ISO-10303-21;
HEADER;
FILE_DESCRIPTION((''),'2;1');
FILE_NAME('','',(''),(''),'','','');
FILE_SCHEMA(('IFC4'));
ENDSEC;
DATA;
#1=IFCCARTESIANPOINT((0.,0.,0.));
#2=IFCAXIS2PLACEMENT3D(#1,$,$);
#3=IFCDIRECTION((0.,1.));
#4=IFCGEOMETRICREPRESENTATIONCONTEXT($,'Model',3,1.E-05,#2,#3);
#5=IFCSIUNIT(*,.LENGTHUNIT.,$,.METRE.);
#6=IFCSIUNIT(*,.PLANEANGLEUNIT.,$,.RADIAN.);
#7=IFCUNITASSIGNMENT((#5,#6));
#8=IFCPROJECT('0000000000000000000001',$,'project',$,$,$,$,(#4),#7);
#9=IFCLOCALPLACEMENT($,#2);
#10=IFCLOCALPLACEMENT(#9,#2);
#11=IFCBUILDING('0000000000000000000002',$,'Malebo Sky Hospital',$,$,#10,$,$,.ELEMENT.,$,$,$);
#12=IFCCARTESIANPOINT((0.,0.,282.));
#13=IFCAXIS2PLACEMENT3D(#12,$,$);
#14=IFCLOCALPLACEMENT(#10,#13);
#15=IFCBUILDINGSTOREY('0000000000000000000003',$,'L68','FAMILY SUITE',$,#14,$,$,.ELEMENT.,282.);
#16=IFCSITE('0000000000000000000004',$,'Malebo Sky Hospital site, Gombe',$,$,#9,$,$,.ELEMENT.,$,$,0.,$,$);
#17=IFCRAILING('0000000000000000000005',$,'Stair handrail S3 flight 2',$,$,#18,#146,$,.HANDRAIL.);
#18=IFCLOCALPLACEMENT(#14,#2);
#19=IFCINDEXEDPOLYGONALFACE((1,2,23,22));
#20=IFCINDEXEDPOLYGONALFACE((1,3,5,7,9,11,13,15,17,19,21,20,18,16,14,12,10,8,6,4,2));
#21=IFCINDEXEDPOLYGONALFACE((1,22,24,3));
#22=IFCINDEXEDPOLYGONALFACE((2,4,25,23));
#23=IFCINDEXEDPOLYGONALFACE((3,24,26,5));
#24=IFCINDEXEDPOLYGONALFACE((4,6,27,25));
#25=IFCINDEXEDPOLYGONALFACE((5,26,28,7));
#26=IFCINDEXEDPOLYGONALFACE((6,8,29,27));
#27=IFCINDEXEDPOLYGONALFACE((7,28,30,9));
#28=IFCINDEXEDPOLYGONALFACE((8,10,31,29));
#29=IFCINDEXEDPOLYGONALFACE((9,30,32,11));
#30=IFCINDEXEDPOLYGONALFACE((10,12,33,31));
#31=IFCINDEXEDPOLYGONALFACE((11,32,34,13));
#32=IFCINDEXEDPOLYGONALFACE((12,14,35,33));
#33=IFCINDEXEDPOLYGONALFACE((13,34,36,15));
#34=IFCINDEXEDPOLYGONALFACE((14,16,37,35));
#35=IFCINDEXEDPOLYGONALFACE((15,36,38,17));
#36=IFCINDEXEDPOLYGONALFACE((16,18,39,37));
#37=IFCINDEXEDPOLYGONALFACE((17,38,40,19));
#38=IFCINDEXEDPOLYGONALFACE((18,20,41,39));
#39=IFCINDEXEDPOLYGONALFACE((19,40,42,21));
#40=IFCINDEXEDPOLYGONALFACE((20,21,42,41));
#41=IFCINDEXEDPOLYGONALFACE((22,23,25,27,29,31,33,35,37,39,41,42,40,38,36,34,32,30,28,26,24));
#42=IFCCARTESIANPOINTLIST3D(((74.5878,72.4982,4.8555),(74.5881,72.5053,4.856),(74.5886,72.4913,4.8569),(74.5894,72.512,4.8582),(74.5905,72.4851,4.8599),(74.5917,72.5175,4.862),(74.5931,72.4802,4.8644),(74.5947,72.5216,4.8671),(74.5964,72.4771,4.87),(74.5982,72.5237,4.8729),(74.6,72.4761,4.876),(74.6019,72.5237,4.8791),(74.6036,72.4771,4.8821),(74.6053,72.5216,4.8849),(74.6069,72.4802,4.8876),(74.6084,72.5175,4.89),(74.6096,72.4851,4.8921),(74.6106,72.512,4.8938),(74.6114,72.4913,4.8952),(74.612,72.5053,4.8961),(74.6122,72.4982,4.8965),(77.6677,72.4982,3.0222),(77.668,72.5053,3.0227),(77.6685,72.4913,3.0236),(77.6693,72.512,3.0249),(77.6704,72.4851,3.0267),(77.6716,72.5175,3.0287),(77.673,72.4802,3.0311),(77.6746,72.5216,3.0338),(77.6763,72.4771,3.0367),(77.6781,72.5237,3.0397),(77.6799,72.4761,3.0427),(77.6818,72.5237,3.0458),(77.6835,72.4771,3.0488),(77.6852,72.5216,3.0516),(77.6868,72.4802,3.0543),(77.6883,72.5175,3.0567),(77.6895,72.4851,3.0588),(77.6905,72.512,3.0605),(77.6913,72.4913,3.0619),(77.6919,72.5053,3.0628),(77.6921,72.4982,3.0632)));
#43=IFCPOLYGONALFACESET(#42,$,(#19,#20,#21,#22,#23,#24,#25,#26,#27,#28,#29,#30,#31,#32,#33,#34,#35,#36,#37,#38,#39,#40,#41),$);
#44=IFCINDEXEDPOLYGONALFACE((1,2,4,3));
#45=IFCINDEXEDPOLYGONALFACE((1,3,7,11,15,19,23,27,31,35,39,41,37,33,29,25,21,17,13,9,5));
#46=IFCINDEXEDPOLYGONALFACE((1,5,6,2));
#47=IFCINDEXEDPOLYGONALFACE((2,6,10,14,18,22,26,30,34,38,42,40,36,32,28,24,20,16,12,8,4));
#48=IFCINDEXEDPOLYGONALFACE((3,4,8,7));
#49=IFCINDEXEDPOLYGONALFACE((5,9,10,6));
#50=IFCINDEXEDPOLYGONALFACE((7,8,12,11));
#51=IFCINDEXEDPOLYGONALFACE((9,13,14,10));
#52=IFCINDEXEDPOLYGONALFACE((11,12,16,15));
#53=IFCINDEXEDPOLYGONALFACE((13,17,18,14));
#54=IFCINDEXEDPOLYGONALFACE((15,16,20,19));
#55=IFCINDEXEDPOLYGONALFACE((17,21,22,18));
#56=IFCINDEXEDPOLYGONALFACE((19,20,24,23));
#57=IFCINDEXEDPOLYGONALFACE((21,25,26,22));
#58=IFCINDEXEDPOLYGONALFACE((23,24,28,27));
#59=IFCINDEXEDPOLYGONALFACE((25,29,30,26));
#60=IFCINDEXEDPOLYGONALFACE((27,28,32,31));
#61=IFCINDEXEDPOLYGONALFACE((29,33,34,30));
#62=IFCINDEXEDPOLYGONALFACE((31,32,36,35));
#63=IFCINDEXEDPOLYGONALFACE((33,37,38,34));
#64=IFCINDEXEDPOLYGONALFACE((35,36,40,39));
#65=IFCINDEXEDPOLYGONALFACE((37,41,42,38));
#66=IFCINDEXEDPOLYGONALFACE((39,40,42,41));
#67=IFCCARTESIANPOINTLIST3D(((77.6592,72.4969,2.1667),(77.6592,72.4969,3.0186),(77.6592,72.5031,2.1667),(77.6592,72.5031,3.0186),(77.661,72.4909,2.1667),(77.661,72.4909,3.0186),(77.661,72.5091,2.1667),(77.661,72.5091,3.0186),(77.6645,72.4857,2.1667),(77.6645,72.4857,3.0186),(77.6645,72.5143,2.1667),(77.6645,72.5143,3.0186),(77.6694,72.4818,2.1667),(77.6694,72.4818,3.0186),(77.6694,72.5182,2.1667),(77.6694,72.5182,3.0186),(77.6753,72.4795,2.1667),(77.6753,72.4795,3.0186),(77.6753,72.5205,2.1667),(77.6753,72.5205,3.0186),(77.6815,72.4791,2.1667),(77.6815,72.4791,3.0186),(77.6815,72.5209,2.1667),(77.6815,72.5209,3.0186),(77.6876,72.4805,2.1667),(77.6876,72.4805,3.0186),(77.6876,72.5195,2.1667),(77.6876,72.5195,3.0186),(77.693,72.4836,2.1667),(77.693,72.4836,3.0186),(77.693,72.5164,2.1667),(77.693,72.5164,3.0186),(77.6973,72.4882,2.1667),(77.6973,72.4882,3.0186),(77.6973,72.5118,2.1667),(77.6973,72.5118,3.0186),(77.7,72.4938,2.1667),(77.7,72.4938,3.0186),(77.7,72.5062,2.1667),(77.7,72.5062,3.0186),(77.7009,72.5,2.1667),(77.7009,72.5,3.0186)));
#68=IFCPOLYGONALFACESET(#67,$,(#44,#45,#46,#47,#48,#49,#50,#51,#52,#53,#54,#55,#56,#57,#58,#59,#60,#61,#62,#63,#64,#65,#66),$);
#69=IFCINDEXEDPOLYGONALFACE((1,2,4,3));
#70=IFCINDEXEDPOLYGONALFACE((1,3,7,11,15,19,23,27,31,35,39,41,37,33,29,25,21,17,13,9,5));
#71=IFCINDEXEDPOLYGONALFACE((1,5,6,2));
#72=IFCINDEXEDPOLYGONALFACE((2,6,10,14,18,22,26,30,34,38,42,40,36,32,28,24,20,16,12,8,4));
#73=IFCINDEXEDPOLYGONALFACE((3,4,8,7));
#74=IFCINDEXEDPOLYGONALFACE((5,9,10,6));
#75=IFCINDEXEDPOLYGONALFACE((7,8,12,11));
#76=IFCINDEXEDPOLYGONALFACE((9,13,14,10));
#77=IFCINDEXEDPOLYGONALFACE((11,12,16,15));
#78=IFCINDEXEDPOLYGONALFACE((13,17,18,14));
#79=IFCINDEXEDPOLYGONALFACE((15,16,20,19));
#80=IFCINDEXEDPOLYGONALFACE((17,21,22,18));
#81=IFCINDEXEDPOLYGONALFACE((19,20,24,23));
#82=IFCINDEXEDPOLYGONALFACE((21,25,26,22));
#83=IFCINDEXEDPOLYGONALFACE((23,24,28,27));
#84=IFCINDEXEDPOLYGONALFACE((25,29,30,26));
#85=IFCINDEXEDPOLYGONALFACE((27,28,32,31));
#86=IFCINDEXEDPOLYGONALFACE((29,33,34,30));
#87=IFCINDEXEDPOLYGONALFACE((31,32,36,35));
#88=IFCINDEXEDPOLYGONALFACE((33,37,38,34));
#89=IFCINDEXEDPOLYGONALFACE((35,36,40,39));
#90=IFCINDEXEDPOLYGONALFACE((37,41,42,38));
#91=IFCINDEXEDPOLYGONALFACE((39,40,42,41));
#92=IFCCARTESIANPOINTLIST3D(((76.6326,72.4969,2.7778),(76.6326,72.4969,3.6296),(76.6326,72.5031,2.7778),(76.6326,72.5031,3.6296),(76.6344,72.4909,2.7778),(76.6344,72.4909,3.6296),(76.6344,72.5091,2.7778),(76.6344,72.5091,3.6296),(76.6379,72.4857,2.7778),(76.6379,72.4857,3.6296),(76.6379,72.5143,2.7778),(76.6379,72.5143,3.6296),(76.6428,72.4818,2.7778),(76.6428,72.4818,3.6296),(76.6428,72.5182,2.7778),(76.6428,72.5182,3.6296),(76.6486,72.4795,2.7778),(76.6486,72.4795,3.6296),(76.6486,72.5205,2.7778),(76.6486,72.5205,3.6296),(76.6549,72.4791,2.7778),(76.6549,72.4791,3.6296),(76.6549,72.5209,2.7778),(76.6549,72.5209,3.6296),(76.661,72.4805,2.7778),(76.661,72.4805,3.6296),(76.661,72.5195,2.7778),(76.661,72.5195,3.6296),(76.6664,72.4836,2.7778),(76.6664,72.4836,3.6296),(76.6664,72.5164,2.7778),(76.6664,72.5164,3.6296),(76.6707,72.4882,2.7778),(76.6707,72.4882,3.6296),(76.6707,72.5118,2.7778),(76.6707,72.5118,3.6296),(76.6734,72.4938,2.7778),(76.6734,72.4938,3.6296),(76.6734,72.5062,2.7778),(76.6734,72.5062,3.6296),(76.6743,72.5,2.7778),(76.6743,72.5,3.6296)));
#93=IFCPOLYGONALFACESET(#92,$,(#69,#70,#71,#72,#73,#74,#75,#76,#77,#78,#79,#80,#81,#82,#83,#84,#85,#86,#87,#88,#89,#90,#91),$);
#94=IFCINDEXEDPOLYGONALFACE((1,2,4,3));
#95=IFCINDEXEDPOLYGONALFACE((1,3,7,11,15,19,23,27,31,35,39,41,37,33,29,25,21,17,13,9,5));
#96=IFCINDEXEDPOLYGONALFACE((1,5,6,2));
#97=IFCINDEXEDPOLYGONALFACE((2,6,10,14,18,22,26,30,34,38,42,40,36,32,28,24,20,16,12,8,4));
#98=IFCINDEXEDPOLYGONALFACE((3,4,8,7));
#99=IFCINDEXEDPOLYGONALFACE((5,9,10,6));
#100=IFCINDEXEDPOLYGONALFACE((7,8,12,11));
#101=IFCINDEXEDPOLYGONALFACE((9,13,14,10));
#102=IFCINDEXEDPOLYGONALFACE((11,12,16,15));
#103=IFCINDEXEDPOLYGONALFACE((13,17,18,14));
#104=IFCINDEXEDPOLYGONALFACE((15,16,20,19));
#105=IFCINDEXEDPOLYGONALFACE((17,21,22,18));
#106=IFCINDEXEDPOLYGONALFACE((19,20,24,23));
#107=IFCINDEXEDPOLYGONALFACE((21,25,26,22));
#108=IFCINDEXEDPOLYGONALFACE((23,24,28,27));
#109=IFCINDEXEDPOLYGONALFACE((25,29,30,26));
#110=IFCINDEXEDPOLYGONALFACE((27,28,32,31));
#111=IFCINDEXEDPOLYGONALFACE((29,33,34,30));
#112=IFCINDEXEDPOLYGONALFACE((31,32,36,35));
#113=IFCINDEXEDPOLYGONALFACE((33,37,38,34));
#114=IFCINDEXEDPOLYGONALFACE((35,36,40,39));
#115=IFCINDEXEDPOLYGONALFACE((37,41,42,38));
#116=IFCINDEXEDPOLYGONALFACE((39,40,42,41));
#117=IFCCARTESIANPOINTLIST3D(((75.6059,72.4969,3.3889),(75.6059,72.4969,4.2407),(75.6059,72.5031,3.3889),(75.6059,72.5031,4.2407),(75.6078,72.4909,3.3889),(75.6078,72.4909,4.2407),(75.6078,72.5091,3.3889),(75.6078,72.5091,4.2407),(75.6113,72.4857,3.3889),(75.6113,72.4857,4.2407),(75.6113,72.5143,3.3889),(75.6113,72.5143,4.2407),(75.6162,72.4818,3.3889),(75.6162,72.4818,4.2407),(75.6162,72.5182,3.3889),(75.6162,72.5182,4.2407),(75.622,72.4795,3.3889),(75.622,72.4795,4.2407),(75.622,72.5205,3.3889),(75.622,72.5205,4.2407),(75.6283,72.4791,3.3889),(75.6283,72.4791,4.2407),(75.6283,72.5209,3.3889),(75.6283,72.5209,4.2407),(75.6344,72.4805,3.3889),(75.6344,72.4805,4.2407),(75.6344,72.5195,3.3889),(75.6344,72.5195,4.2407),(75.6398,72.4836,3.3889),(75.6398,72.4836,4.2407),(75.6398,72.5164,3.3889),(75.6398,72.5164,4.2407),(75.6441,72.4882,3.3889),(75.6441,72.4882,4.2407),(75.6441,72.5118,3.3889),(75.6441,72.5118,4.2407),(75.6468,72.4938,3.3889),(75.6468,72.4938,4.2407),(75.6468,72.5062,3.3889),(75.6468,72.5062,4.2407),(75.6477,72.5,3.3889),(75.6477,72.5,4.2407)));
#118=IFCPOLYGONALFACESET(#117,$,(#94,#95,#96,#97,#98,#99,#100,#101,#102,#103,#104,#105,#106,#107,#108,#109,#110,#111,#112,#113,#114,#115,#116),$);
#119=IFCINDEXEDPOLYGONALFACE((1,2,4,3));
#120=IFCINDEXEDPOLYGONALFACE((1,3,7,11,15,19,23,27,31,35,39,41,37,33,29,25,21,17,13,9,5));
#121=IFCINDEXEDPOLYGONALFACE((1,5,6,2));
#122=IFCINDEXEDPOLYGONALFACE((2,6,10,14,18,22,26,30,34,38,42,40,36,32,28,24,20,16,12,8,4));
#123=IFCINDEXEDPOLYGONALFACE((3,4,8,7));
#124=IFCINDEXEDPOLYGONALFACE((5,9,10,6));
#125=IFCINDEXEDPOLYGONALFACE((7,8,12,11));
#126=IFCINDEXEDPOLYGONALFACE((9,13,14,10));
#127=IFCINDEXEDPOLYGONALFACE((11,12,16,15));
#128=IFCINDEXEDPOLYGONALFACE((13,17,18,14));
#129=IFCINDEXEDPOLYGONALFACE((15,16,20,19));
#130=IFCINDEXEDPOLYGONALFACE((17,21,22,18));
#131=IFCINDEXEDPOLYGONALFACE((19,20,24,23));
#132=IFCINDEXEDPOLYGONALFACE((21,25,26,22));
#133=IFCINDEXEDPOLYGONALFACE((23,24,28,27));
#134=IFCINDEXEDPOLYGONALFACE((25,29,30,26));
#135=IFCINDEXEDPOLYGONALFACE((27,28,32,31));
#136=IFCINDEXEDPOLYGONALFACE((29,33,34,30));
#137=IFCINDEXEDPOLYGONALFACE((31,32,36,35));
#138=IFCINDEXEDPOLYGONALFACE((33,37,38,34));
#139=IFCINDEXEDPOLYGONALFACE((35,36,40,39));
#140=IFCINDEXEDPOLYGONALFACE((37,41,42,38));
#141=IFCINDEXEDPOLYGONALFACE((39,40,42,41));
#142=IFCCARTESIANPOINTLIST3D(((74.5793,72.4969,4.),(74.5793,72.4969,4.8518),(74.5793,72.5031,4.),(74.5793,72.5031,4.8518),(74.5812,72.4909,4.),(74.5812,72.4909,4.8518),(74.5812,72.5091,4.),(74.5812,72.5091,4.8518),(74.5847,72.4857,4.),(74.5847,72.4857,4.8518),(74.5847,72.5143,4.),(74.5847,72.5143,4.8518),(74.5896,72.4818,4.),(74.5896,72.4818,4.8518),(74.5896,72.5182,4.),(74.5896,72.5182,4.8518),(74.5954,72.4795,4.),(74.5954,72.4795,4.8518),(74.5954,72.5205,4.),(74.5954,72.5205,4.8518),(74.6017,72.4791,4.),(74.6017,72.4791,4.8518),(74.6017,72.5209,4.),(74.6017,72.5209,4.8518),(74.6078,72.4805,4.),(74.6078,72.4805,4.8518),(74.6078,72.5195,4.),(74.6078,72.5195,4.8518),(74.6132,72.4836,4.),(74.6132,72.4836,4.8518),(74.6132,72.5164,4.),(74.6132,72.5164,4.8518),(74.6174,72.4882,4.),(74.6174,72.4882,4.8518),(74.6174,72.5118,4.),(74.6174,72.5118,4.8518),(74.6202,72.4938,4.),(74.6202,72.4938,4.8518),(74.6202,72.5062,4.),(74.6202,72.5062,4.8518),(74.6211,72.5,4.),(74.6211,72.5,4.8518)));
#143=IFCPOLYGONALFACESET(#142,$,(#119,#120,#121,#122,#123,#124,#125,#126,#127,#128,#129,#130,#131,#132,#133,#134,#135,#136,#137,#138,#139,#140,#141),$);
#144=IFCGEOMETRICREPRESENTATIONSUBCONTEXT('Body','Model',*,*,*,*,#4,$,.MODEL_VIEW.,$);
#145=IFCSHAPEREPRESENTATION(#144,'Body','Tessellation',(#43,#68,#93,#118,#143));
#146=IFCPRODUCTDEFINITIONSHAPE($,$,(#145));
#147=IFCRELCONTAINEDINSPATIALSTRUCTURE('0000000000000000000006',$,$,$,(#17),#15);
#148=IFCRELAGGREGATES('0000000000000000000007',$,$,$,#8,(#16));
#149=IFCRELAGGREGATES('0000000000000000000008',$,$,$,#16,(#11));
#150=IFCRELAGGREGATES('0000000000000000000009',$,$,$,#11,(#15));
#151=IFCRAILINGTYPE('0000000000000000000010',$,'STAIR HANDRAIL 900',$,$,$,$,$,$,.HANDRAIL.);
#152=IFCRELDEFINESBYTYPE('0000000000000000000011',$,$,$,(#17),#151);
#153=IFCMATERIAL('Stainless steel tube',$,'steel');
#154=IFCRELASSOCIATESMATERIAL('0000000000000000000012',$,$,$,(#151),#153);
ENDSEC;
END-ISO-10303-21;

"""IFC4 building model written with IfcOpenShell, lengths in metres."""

from ifc_helpers import new_model, si_unit, direction, frame, origin, origin_2d, place, context, subcontext, project, spatial, circle, extrude, material, type_object, element, save


model = new_model("IFC4")

# Units and contexts
model_context = context("Model", 3, precision=1e-05, world=origin(), true_north=direction((0.0, 1.0)))
body_context = subcontext(model_context, "Body", "Model", "MODEL_VIEW")
ifc_project = project(units=[si_unit("LENGTHUNIT", "METRE"), si_unit("PLANEANGLEUNIT", "RADIAN")], contexts=[model_context])

# Site, building, storey
site_placement = place(None, origin())
site = spatial("IfcSite", under=ifc_project, at=site_placement, Name="Malebo Sky Hospital site, Gombe", CompositionType="ELEMENT", RefElevation=0.0)
building_placement = place(site_placement, origin())
building = spatial("IfcBuilding", under=site, at=building_placement, Name="Malebo Sky Hospital", CompositionType="ELEMENT")
storey_placement = place(building_placement, frame((0.0, 0.0, 282.0)))
storey = spatial("IfcBuildingStorey", under=building, at=storey_placement, Name="L68", Description="FAMILY SUITE", CompositionType="ELEMENT", Elevation=282.0)

# Railing
ifc_material_1 = material(Name="Stainless steel tube", Category="steel")
railing_type_1 = type_object("IfcRailingType", Name="STAIR HANDRAIL 900", PredefinedType="HANDRAIL", material=ifc_material_1)
railing_1_placement = place(storey_placement, frame((77.6799, 72.5, 2.1667)))
element("IfcRailing", 1, at=railing_1_placement, inside=storey, type_object=railing_type_1, Name="Stair handrail S3 flight 2", PredefinedType="HANDRAIL", context=body_context, shape_type="SweptSolid", body=[
    extrude(circle(Radius=0.0239, at=origin_2d()), frame((0.0, 0.0, 0.876), z_axis=(-0.859291, 0.0, 0.511487), x_axis=(0.0, -1.0, 0.0)), (0.0, 0.0, 1.0), 3.5842),
    extrude(circle(Radius=0.021, at=origin_2d()), origin(), (0.0, 0.0, 1.0), 0.8518),
    extrude(circle(Radius=0.021, at=origin_2d()), frame((-1.0266, 0.0, 0.6111)), (0.0, 0.0, 1.0), 0.8518),
    extrude(circle(Radius=0.021, at=origin_2d()), frame((-2.0532, 0.0, 1.2222)), (0.0, 0.0, 1.0), 0.8518),
    extrude(circle(Radius=0.021, at=origin_2d()), frame((-3.0798, 0.0, 1.8333)), (0.0, 0.0, 1.0), 0.8518),
])

save(model, "model.ifc")
